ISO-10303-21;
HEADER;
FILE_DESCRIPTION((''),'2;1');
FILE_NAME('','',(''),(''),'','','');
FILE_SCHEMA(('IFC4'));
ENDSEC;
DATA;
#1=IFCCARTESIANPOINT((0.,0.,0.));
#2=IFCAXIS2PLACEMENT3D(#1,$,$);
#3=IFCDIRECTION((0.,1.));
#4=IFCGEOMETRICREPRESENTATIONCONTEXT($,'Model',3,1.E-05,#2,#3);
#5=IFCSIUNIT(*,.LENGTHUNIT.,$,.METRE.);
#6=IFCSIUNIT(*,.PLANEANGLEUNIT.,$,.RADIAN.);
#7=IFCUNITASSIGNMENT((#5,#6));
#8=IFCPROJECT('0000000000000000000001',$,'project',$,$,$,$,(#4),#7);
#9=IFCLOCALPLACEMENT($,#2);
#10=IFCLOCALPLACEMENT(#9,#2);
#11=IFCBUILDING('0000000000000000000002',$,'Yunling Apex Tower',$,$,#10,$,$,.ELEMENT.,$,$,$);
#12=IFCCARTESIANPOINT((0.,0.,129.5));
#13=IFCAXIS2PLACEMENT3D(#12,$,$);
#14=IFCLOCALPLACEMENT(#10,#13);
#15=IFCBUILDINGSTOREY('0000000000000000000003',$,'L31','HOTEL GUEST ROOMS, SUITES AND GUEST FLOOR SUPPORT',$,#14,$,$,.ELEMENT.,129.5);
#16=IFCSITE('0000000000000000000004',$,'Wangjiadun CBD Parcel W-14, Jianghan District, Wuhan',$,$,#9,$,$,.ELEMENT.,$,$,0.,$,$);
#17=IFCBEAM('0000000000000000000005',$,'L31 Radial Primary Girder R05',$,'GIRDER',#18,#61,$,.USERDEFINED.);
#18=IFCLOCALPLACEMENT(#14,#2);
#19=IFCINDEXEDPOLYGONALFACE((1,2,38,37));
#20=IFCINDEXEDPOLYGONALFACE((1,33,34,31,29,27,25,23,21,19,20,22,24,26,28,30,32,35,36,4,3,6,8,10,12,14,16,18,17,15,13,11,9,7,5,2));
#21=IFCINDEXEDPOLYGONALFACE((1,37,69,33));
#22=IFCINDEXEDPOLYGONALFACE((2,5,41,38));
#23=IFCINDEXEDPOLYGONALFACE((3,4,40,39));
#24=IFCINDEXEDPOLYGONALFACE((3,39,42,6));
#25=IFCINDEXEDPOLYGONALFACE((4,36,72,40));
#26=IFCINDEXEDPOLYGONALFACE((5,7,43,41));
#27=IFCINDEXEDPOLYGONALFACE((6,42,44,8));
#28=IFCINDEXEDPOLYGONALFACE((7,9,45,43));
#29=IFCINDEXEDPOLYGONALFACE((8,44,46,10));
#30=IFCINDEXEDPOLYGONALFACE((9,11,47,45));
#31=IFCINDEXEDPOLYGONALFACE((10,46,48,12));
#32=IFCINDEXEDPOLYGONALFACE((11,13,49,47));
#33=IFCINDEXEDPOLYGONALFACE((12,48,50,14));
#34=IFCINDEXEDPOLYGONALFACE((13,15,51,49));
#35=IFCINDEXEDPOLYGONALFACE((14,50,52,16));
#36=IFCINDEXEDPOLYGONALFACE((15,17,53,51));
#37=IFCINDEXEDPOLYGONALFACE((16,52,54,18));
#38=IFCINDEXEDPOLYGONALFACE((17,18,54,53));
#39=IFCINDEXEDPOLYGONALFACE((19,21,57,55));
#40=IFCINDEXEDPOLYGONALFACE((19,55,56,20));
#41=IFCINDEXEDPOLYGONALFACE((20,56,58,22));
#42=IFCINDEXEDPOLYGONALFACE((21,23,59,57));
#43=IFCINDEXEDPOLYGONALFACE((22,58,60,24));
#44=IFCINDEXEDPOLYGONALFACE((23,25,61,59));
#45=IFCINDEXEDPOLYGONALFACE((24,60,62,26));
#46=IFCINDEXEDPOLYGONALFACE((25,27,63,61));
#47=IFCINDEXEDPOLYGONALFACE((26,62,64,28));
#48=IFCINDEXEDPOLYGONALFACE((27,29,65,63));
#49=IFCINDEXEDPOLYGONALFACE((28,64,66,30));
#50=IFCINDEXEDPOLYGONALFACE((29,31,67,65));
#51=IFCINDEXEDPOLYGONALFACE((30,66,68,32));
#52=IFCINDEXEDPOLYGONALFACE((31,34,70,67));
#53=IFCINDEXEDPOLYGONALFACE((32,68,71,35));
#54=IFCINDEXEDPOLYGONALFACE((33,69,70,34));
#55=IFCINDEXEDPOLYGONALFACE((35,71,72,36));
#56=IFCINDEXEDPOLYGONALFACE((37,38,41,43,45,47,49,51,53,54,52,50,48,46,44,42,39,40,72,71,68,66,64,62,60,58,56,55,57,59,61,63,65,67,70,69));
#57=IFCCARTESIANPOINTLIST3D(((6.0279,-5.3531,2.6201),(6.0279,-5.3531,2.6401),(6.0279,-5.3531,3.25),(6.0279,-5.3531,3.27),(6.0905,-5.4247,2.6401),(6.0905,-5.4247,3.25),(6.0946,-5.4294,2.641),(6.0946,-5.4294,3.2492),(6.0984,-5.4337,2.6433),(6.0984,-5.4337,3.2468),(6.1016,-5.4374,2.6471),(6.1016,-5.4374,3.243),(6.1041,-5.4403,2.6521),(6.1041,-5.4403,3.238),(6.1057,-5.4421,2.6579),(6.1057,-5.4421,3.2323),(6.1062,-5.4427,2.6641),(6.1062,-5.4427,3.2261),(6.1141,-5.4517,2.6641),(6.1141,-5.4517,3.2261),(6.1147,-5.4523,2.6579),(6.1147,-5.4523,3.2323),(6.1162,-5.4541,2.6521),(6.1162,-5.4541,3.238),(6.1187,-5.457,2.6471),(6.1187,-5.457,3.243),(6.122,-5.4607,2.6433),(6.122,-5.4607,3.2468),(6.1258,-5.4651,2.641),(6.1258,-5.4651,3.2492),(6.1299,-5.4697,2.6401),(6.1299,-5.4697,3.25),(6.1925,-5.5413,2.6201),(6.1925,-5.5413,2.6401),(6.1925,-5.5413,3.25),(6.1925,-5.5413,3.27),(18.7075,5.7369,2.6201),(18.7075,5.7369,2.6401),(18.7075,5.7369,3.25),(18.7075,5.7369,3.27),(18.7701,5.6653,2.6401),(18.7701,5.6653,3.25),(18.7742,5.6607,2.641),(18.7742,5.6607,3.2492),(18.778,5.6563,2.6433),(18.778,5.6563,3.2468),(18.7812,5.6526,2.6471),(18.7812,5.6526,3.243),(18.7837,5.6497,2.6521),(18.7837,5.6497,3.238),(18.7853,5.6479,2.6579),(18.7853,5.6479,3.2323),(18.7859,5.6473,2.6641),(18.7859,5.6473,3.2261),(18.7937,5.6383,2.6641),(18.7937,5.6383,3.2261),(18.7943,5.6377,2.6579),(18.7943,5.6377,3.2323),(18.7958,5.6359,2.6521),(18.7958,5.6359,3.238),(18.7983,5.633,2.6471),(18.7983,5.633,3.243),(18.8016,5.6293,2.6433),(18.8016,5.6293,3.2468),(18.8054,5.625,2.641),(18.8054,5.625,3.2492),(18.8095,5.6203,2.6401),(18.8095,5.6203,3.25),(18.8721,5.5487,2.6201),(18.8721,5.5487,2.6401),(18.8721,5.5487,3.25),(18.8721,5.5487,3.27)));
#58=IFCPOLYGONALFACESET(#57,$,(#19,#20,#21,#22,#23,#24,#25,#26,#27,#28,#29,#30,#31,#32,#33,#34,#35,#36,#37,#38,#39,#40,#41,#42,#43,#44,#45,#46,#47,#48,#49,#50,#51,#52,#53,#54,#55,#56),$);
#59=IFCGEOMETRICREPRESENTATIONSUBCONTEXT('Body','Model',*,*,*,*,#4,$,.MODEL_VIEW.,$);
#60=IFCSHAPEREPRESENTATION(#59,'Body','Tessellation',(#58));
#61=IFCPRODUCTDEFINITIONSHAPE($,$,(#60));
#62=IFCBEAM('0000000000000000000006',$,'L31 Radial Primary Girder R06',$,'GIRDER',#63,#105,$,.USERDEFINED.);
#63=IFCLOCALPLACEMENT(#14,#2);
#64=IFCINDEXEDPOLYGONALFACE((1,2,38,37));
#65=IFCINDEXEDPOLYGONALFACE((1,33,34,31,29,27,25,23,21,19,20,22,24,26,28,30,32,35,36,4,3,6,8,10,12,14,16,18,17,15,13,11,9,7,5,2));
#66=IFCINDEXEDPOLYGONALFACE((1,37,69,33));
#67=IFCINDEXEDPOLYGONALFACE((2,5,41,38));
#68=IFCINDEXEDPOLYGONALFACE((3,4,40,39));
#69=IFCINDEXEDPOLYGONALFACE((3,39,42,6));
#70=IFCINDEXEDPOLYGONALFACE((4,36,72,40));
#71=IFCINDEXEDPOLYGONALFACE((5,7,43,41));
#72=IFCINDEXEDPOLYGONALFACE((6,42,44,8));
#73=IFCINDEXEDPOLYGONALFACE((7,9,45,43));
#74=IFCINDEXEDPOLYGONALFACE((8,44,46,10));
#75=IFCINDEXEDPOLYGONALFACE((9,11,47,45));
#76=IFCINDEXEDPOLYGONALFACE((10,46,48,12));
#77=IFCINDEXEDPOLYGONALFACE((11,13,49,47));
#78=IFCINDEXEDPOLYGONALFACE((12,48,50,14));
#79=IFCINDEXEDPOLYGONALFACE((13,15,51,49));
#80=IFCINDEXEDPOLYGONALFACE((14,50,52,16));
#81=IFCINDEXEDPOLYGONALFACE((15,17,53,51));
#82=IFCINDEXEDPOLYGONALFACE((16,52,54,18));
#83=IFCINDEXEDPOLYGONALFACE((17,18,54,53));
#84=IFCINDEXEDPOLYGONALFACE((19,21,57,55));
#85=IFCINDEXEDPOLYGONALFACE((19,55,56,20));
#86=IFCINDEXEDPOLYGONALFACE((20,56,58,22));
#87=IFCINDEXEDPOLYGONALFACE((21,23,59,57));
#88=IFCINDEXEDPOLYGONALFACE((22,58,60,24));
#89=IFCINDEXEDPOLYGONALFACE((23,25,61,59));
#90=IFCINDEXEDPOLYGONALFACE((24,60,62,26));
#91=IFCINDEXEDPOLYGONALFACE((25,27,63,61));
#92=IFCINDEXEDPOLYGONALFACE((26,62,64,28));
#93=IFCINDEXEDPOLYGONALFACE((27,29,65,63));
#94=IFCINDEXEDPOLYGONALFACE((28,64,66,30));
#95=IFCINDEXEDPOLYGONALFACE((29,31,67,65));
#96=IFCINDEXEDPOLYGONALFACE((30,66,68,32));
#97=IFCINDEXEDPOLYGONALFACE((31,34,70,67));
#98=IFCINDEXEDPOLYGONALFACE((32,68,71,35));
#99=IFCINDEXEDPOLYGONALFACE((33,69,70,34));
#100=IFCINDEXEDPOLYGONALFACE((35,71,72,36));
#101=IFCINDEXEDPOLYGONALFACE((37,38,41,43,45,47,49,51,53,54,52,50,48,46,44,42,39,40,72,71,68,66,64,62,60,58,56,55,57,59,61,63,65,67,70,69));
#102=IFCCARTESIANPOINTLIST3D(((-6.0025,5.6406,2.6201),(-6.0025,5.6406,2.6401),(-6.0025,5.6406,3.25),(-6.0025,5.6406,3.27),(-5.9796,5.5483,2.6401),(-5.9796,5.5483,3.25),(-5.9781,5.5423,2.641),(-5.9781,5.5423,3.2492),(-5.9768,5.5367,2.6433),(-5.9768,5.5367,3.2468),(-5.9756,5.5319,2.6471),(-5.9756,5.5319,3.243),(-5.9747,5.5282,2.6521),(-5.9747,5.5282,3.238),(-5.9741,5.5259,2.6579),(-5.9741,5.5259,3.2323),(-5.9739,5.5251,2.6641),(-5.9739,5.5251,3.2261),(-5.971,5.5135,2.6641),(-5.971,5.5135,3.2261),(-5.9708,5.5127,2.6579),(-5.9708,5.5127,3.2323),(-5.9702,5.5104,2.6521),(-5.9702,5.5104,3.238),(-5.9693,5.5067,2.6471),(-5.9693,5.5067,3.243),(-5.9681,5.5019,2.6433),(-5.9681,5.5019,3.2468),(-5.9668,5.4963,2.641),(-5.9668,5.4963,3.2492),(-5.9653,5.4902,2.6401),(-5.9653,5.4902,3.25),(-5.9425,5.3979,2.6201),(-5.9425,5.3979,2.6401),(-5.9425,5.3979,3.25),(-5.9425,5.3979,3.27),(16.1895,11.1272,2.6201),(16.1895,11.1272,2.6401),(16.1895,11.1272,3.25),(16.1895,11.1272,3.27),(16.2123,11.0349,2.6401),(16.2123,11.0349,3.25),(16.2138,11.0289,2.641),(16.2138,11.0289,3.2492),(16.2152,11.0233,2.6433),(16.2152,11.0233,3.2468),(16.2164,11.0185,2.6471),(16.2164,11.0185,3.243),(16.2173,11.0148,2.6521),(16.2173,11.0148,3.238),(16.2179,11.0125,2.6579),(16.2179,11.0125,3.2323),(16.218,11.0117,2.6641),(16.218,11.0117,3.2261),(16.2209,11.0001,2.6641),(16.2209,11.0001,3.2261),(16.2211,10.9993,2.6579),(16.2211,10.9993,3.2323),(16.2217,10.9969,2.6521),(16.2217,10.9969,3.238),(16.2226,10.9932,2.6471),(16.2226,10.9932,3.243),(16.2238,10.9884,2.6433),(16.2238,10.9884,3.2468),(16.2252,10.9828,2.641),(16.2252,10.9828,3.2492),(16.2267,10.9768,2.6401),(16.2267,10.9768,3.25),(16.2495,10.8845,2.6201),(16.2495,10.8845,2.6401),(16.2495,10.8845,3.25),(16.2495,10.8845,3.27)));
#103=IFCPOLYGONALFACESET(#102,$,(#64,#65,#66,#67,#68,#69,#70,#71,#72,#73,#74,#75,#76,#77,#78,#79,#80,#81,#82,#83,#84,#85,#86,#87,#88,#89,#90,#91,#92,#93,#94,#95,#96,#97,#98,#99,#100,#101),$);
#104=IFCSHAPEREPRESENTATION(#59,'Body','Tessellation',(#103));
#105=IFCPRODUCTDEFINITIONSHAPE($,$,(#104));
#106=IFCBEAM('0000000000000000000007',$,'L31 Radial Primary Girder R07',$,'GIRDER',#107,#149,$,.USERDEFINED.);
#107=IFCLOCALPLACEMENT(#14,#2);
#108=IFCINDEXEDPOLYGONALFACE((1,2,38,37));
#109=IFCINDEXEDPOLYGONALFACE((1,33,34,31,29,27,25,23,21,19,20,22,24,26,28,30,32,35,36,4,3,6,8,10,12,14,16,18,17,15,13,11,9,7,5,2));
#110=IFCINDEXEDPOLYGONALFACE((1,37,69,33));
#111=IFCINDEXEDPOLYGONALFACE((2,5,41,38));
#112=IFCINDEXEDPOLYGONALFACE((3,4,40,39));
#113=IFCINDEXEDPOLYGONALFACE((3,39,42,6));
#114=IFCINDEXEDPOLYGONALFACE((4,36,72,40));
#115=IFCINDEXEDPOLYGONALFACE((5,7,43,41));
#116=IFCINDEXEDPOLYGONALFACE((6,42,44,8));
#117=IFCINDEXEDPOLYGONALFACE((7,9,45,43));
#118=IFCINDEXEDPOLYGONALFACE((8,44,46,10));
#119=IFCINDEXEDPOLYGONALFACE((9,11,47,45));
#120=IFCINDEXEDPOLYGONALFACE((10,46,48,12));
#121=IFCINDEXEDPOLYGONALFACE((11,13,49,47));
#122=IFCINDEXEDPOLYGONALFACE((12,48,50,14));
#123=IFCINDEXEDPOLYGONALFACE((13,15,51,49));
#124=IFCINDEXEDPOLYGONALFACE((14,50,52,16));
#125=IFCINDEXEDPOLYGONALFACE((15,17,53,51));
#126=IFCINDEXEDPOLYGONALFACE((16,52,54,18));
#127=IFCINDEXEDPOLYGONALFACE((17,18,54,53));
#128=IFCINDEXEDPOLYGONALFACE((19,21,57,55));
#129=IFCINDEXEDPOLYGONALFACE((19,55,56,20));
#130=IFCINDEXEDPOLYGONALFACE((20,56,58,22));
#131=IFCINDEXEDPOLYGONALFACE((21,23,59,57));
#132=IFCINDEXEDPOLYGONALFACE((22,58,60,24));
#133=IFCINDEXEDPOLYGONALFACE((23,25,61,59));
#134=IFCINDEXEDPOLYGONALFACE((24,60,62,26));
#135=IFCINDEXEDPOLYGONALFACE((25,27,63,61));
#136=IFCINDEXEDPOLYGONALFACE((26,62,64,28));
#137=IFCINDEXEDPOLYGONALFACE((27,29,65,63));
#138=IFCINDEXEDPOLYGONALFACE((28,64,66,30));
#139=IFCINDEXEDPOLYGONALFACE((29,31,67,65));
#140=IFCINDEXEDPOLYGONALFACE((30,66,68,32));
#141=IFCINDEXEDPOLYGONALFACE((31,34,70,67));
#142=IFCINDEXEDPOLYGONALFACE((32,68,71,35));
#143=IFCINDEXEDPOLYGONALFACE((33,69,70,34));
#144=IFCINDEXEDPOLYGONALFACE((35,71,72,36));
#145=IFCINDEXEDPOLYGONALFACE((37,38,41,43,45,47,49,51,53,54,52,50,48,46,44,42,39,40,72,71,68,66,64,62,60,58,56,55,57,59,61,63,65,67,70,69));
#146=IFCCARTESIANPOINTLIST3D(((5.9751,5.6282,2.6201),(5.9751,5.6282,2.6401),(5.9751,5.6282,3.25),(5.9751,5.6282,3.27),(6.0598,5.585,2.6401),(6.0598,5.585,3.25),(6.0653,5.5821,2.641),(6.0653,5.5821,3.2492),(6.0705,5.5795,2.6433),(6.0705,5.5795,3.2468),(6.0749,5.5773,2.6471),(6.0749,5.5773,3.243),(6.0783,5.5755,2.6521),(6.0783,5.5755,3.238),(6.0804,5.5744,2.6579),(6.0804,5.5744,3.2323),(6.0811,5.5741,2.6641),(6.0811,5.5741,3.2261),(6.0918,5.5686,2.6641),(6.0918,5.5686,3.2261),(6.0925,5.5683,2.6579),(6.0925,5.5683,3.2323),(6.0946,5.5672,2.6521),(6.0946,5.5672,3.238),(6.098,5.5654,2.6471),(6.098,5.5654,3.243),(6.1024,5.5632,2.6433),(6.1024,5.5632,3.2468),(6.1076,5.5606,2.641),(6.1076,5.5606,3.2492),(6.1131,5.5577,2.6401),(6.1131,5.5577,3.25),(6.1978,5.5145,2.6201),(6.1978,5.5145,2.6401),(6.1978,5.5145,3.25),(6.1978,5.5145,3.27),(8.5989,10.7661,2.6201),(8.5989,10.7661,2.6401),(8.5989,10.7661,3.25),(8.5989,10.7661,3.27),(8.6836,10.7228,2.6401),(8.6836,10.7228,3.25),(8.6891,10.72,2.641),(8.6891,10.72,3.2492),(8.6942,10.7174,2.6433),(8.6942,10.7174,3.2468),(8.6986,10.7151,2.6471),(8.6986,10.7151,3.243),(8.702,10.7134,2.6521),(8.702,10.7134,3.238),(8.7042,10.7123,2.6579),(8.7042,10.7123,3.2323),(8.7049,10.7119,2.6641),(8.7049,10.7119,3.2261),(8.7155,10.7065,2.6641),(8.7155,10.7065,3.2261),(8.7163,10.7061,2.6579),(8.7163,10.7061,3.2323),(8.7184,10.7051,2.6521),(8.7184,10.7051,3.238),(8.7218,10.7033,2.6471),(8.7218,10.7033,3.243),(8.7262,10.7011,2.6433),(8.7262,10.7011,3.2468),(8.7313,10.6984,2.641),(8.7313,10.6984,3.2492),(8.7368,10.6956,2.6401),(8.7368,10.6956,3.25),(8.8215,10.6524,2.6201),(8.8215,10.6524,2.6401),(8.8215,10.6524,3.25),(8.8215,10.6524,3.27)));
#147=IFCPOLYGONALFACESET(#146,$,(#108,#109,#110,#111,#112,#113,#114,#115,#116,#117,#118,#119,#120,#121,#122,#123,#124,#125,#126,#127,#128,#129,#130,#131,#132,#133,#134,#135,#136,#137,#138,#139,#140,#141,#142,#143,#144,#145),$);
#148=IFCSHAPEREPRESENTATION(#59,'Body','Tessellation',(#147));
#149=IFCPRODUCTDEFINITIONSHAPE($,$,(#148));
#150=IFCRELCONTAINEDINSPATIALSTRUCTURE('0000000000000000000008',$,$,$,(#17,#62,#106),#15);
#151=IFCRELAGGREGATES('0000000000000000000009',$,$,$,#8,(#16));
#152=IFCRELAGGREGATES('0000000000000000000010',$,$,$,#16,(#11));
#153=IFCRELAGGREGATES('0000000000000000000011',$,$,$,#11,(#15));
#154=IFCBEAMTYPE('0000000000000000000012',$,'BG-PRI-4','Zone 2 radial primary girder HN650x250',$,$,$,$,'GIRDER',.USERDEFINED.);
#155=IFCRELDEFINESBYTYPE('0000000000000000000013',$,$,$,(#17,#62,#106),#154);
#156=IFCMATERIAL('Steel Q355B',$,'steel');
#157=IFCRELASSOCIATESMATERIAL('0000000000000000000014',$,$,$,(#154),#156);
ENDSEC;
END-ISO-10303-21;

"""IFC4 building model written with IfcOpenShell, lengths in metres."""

from ifc_helpers import new_model, si_unit, direction, frame, origin, origin_2d, place, context, subcontext, project, spatial, i_section, extrude, source, transform, mapped, material, material_profile, profile_set, type_object, element, save


model = new_model("IFC4")

# Units and contexts
model_context = context("Model", 3, precision=1e-05, world=origin(), true_north=direction((0.0, 1.0)))
body_context = subcontext(model_context, "Body", "Model", "MODEL_VIEW")
ifc_project = project(units=[si_unit("LENGTHUNIT", "METRE"), si_unit("PLANEANGLEUNIT", "RADIAN")], contexts=[model_context])

# Site, building, storey
site_placement = place(None, origin())
site = spatial("IfcSite", under=ifc_project, at=site_placement, Name="Wangjiadun CBD Parcel W-14, Jianghan District, Wuhan", CompositionType="ELEMENT", RefElevation=0.0)
building_placement = place(site_placement, origin())
building = spatial("IfcBuilding", under=site, at=building_placement, Name="Yunling Apex Tower", CompositionType="ELEMENT")
storey_placement = place(building_placement, frame((0.0, 0.0, 129.5)))
storey = spatial("IfcBuildingStorey", under=building, at=storey_placement, Name="L31", Description="HOTEL GUEST ROOMS, SUITES AND GUEST FLOOR SUPPORT", CompositionType="ELEMENT", Elevation=129.5)

# Beams
ifc_material_1 = material(Name="Steel Q355B", Category="steel")
ifc_material_profile_1 = material_profile(ifc_material_1, i_section(OverallWidth=0.25, OverallDepth=0.6499, WebThickness=0.012, FlangeThickness=0.02, FilletRadius=0.0239, at=origin_2d()))
ifc_profile_set_1 = profile_set([ifc_material_profile_1], Name="Steel Q355B")
beam_type_1 = type_object("IfcBeamType", Name="BG-PRI-4", Description="Zone 2 radial primary girder HN650x250", ElementType="GIRDER", PredefinedType="USERDEFINED", material=ifc_profile_set_1)
shared_shape_1 = source(origin(), body_context, "Body", "SweptSolid", [
    extrude(i_section(OverallWidth=0.25, OverallDepth=0.6499, WebThickness=0.012, FlangeThickness=0.02, FilletRadius=0.0239, at=origin_2d()), origin(), (0.0, 0.0, 1.0), 16.8452),
])
beam_1_placement = place(storey_placement, frame((18.7898, 5.6428, 2.9451), z_axis=(-0.752713, -0.658349, 0.0), x_axis=(0.658349, -0.752713, 0.0)))
element("IfcBeam", 1, at=beam_1_placement, inside=storey, type_object=beam_type_1, Name="L31 Radial Primary Girder R05", ObjectType="GIRDER", PredefinedType="USERDEFINED", context=body_context, shape_type="MappedRepresentation", body=[
    mapped(shared_shape_1, transform((0.0, 0.0, 0.0), scale=1.0)),
])
shared_shape_2 = source(origin(), body_context, "Body", "SweptSolid", [
    extrude(i_section(OverallWidth=0.25, OverallDepth=0.6499, WebThickness=0.012, FlangeThickness=0.02, FilletRadius=0.0239, at=origin_2d()), origin(), (0.0, 0.0, 1.0), 22.8601),
])
beam_2_placement = place(storey_placement, frame((16.2195, 11.0059, 2.9451), z_axis=(-0.970771, -0.240007, 0.0), x_axis=(0.240007, -0.970771, 0.0)))
element("IfcBeam", 2, at=beam_2_placement, inside=storey, type_object=beam_type_1, Name="L31 Radial Primary Girder R06", ObjectType="GIRDER", PredefinedType="USERDEFINED", context=body_context, shape_type="MappedRepresentation", body=[
    mapped(shared_shape_2, transform((0.0, 0.0, 0.0), scale=1.0)),
])
shared_shape_3 = source(origin(), body_context, "Body", "SweptSolid", [
    extrude(i_section(OverallWidth=0.25, OverallDepth=0.6499, WebThickness=0.012, FlangeThickness=0.02, FilletRadius=0.0239, at=origin_2d()), origin(), (0.0, 0.0, 1.0), 5.769),
])
beam_3_placement = place(storey_placement, frame((8.7102, 10.7092, 2.9451), z_axis=(-0.454798, -0.890595, 0.0), x_axis=(0.890595, -0.454798, 0.0)))
element("IfcBeam", 3, at=beam_3_placement, inside=storey, type_object=beam_type_1, Name="L31 Radial Primary Girder R07", ObjectType="GIRDER", PredefinedType="USERDEFINED", context=body_context, shape_type="MappedRepresentation", body=[
    mapped(shared_shape_3, transform((0.0, 0.0, 0.0), scale=1.0)),
])

save(model, "model.ifc")
